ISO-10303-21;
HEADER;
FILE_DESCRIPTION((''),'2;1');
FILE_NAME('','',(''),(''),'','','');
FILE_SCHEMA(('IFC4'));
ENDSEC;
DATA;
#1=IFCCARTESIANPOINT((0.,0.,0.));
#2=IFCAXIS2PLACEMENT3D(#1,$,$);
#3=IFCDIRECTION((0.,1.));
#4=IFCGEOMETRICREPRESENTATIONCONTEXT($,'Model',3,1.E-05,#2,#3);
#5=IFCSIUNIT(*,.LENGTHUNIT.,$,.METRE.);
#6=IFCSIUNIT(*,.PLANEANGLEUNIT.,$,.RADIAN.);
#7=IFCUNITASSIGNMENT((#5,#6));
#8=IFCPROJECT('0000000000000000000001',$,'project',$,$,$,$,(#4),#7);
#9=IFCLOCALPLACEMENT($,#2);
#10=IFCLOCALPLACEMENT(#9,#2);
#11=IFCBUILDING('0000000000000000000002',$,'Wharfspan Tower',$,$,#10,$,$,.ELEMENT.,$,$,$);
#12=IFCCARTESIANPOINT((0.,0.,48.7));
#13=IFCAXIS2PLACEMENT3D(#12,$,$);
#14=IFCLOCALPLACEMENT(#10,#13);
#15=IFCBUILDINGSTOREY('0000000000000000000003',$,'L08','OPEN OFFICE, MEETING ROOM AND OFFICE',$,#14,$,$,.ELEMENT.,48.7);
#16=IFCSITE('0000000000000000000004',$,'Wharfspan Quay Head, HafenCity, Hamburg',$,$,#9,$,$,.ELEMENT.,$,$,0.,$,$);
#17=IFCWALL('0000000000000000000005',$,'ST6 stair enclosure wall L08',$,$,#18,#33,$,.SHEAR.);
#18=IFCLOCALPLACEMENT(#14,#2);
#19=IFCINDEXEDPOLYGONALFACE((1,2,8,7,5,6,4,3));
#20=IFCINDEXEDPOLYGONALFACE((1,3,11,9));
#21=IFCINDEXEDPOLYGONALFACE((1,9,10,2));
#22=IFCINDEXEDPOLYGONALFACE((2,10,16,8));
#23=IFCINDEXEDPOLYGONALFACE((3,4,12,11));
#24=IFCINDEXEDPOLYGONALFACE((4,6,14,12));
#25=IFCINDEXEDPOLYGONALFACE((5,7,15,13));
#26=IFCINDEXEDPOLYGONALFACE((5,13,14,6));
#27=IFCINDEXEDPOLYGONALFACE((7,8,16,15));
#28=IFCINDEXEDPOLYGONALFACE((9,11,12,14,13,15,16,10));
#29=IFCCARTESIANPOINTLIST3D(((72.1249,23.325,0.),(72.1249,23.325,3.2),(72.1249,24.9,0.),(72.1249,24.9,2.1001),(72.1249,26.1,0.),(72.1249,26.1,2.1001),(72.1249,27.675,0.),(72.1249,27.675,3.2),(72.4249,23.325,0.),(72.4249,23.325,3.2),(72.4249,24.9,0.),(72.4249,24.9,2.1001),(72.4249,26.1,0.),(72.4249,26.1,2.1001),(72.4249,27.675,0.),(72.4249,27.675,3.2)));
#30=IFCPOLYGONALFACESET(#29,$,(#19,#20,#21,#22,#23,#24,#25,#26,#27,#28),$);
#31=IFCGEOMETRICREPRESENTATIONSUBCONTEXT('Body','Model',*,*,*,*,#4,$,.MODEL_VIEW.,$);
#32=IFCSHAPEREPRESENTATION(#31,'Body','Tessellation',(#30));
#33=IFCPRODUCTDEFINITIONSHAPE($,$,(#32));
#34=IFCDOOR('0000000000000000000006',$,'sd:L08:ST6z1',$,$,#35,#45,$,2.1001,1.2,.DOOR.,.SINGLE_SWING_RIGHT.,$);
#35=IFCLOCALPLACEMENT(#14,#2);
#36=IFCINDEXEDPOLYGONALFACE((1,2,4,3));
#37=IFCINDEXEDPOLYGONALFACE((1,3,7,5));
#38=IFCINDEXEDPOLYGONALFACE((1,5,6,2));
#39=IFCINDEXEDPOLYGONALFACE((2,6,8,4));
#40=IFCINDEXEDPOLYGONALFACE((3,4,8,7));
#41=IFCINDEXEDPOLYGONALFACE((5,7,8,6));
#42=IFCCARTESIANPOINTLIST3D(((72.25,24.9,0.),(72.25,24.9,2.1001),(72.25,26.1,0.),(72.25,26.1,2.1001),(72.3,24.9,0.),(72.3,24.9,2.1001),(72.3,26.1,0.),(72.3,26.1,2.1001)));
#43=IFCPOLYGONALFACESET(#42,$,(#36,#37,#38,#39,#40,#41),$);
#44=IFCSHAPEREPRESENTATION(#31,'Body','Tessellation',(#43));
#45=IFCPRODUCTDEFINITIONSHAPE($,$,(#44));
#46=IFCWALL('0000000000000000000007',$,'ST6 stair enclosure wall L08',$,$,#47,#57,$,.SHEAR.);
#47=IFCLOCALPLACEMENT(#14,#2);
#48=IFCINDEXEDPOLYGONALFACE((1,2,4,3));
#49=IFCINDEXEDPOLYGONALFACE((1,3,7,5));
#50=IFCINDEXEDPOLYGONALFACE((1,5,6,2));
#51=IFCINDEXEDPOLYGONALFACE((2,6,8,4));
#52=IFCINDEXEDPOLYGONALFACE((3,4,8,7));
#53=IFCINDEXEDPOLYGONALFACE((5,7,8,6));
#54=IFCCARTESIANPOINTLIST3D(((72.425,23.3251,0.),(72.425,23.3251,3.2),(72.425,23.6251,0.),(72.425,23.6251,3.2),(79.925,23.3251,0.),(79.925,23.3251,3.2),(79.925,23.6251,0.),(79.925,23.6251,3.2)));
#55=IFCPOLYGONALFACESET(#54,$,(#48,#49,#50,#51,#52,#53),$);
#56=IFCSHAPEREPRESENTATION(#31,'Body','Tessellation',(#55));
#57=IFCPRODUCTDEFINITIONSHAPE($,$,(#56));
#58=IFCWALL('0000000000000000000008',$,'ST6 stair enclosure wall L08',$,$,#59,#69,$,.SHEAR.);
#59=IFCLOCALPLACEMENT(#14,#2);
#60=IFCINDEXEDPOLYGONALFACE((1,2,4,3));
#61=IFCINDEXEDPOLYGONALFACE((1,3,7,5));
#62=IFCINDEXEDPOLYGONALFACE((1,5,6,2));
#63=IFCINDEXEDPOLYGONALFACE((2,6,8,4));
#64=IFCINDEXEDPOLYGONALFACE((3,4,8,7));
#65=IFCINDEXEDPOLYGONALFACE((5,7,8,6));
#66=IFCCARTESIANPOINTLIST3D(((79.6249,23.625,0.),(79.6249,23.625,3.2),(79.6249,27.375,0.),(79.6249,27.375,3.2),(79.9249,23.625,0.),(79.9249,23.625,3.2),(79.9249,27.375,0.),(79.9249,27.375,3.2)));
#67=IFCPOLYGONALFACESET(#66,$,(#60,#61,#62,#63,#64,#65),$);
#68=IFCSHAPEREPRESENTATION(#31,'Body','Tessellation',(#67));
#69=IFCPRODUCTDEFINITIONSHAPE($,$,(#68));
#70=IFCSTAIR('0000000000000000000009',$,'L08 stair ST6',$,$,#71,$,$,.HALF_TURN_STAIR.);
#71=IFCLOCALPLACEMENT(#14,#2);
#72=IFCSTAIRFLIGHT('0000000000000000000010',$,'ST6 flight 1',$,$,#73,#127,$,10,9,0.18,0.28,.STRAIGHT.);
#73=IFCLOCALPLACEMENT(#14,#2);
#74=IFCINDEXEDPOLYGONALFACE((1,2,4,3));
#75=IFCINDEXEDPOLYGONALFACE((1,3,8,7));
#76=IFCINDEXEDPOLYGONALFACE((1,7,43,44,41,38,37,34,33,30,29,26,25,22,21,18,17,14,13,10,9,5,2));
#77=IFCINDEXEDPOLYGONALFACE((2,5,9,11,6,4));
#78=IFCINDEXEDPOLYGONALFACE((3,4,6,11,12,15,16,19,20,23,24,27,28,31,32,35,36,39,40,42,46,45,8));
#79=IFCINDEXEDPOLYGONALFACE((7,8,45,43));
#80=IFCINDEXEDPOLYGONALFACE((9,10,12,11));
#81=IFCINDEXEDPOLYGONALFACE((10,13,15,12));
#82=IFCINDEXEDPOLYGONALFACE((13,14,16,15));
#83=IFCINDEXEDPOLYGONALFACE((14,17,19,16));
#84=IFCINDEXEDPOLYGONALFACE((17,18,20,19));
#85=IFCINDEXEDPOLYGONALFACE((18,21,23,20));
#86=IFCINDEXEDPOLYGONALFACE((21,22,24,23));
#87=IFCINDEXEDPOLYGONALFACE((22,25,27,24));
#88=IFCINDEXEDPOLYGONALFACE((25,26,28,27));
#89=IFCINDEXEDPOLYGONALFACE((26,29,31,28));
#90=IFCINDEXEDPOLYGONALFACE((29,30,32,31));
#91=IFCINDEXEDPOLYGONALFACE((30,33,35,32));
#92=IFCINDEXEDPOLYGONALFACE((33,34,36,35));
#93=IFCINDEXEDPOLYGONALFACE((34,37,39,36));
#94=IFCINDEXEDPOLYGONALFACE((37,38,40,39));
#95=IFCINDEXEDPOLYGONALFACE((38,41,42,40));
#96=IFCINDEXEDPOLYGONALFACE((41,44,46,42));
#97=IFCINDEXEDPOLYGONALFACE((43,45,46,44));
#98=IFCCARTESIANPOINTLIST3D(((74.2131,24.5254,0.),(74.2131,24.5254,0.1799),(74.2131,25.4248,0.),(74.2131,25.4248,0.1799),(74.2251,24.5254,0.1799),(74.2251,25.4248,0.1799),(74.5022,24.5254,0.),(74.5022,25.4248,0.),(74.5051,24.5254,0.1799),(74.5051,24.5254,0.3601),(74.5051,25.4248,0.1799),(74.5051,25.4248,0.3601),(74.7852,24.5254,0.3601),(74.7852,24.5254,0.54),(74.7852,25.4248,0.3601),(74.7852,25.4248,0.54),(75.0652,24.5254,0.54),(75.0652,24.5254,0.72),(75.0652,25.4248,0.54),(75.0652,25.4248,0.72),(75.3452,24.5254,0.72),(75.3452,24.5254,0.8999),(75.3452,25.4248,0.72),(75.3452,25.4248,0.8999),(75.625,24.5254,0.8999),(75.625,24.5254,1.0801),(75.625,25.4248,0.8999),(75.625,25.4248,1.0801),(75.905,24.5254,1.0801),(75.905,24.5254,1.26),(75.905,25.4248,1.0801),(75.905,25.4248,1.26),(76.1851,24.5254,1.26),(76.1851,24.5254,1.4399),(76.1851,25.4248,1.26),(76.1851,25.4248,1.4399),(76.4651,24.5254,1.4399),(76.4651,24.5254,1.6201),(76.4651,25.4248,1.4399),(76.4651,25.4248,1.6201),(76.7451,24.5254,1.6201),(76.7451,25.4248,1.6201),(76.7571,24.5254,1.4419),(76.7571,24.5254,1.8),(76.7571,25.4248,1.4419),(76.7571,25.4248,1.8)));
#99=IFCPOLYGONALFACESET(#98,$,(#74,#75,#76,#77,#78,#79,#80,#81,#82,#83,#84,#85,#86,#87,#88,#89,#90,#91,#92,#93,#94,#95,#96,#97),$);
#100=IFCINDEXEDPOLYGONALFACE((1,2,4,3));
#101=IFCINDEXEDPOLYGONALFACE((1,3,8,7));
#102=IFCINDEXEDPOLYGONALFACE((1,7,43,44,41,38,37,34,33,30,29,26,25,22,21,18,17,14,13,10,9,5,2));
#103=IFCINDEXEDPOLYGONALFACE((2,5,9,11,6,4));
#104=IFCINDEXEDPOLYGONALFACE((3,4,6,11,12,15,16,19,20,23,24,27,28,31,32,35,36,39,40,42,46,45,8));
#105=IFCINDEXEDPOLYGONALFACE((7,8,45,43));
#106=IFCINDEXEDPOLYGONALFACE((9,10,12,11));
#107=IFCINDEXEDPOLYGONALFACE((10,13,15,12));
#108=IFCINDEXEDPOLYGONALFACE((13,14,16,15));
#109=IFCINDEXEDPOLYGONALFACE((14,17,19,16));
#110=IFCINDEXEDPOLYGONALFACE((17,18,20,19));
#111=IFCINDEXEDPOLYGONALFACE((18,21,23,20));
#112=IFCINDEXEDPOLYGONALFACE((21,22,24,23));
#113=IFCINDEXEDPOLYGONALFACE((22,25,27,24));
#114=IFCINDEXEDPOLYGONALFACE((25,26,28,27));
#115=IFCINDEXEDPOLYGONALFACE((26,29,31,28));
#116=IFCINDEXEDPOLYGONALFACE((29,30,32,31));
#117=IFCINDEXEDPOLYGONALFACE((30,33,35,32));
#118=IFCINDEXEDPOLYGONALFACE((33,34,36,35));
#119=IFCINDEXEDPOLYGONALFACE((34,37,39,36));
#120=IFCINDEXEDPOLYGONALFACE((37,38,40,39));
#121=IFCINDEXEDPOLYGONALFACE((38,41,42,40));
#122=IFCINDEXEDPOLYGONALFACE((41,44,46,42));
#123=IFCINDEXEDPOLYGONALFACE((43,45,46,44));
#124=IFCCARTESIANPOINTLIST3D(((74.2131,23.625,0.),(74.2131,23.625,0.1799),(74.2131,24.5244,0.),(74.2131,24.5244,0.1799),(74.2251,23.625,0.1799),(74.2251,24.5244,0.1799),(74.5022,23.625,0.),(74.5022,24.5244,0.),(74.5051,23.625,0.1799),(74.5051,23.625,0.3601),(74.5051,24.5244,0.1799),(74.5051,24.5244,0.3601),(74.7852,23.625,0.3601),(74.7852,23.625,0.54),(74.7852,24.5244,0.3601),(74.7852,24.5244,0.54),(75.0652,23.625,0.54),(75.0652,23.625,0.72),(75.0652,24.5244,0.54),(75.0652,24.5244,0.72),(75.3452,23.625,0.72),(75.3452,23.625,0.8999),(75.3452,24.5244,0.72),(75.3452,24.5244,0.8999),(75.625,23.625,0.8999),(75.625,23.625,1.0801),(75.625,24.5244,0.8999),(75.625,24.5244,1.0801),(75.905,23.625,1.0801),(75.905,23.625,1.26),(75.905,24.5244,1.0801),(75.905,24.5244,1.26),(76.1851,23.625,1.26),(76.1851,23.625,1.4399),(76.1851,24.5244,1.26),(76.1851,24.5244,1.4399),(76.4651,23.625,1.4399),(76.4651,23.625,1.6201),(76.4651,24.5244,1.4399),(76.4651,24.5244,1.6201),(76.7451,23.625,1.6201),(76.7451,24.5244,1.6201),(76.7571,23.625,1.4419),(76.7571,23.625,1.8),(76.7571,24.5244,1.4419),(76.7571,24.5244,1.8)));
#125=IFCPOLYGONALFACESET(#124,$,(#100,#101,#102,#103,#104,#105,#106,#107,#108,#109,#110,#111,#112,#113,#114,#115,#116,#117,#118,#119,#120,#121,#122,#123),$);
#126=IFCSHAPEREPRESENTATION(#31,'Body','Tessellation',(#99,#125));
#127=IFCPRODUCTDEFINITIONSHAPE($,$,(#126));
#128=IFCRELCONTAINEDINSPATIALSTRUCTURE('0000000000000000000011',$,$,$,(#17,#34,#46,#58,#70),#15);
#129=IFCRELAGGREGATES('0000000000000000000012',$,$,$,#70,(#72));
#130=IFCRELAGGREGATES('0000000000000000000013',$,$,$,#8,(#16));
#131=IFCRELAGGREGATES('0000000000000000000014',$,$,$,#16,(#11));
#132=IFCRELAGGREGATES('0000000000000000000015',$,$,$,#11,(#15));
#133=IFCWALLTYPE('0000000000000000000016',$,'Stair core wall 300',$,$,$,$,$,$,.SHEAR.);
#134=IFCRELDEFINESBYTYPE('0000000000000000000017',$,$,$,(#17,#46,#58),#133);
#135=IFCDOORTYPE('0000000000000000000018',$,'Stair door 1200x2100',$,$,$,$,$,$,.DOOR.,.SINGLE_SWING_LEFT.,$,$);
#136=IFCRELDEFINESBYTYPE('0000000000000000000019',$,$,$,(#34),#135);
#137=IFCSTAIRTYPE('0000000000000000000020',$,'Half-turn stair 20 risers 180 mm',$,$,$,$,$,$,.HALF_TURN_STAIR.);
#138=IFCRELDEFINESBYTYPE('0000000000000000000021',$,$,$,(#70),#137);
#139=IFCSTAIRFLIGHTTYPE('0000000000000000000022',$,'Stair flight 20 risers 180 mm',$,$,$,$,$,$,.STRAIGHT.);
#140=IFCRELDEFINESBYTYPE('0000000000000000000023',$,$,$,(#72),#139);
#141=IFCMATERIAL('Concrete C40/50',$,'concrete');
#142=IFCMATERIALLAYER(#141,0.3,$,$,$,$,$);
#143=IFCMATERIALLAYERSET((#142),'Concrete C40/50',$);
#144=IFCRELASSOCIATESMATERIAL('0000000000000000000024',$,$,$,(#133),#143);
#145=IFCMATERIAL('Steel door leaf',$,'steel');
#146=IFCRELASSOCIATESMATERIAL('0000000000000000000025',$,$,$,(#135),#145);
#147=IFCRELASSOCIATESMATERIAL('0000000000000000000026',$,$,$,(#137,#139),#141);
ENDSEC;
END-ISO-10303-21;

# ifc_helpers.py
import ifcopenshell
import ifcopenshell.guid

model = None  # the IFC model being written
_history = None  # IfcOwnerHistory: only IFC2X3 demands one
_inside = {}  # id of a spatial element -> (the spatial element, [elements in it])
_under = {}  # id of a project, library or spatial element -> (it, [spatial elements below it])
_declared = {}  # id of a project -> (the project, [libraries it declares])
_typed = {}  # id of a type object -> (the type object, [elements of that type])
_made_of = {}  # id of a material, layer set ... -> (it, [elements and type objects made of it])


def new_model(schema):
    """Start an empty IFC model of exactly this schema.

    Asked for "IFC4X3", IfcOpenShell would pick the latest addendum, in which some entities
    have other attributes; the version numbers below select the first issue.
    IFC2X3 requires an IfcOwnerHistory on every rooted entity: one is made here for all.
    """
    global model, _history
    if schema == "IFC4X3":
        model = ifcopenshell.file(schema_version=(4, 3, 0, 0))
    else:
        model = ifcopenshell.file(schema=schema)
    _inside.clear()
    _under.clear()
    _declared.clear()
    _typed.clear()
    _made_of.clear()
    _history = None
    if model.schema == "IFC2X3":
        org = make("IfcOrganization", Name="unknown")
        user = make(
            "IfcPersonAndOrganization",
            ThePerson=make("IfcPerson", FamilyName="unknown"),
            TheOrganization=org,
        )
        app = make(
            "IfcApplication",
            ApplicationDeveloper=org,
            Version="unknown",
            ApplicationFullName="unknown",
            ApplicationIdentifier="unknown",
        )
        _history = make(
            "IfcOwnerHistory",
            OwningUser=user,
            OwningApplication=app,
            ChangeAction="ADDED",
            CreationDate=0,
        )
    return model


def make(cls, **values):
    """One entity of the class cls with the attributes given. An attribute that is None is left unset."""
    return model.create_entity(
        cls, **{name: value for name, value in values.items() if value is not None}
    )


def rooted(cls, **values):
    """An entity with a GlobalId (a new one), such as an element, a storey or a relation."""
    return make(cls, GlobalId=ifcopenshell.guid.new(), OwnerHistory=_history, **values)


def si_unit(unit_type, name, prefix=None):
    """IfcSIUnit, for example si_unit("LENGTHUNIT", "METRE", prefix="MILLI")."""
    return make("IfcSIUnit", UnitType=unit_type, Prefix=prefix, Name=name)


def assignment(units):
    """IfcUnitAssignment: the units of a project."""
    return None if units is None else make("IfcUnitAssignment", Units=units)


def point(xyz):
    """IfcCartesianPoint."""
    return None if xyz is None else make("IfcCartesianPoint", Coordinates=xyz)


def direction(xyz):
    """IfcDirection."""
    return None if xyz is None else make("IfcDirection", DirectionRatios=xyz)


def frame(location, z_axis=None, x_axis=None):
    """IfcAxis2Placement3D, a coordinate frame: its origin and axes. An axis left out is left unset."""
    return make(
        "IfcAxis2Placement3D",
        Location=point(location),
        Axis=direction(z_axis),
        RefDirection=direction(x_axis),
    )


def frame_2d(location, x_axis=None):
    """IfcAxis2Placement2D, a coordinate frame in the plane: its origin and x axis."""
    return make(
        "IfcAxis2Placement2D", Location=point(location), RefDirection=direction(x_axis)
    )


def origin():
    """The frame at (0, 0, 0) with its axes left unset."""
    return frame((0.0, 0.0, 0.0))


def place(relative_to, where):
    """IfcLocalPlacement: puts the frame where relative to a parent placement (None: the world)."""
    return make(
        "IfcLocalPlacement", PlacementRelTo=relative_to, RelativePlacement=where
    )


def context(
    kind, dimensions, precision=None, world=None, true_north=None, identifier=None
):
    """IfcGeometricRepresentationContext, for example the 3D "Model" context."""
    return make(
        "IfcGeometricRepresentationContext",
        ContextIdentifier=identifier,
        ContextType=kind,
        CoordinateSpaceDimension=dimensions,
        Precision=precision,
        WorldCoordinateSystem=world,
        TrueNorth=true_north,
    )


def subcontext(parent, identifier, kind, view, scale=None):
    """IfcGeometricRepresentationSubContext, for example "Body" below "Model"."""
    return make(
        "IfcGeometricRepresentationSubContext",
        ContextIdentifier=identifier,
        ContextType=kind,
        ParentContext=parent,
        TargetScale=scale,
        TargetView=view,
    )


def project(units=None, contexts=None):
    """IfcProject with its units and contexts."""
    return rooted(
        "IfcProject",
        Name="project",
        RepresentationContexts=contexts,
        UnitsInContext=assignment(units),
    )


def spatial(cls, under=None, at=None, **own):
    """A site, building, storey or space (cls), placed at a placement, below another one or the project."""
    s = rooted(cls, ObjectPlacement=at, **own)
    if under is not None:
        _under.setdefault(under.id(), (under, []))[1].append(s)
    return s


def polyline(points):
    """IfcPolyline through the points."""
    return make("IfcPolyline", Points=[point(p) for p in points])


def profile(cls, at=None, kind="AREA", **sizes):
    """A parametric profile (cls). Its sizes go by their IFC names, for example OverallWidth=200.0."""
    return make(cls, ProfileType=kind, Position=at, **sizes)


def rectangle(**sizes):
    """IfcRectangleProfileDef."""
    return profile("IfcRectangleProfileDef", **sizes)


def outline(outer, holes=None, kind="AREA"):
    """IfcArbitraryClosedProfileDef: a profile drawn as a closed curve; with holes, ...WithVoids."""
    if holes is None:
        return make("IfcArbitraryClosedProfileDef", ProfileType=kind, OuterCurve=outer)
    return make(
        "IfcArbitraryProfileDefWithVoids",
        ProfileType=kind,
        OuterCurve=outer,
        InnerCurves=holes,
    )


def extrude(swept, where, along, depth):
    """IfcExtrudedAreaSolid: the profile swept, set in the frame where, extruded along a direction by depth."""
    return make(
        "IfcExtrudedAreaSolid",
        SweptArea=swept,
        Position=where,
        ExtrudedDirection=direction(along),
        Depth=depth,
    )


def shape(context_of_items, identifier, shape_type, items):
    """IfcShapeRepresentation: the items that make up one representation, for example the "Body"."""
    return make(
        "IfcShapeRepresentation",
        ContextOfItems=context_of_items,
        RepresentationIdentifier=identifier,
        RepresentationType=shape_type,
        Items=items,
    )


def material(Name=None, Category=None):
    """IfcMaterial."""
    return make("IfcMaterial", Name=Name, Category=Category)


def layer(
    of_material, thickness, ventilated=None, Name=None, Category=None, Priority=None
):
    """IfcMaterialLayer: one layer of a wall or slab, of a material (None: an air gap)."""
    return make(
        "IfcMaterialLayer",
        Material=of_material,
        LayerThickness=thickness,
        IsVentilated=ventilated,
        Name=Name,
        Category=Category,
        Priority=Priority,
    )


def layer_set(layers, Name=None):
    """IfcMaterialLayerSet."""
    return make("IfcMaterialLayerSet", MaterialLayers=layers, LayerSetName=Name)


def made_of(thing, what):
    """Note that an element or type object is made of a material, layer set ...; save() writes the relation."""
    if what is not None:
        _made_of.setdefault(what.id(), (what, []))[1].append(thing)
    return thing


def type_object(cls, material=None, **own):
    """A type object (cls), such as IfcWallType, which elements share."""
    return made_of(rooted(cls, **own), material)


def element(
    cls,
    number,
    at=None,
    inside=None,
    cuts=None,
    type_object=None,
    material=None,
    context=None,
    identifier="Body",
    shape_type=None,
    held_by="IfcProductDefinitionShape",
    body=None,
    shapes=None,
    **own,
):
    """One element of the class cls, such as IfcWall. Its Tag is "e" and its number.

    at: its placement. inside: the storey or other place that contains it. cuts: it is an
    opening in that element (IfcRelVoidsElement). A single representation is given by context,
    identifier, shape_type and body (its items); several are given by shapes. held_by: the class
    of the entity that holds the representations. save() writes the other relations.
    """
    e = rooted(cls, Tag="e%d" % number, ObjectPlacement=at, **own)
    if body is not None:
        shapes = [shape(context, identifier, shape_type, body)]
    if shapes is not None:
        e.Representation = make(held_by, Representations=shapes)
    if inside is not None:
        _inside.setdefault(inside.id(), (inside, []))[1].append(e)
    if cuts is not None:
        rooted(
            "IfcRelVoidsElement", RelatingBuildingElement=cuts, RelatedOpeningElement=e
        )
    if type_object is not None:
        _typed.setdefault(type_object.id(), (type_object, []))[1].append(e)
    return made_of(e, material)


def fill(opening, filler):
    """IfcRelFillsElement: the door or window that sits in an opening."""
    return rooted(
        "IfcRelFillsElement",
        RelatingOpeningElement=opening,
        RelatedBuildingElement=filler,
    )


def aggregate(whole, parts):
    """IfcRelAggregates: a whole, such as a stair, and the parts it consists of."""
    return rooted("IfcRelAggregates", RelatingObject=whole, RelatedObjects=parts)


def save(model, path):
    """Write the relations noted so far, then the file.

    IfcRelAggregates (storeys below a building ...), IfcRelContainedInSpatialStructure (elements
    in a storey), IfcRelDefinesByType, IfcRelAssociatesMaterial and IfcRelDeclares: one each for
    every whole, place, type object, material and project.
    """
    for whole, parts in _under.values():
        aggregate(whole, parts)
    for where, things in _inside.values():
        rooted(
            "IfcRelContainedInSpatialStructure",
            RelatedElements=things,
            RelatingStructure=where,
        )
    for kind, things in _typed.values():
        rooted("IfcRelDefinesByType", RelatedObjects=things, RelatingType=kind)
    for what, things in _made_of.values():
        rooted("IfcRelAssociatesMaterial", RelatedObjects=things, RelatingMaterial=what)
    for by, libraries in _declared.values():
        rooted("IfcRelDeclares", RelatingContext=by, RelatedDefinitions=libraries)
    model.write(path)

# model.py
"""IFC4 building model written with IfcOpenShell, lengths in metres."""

from ifc_helpers import new_model, si_unit, direction, frame, frame_2d, origin, place, context, subcontext, project, spatial, polyline, rectangle, outline, extrude, material, layer, layer_set, type_object, element, fill, aggregate, save


model = new_model("IFC4")

# Units and contexts
model_context = context("Model", 3, precision=1e-05, world=origin(), true_north=direction((0.0, 1.0)))
body_context = subcontext(model_context, "Body", "Model", "MODEL_VIEW")
ifc_project = project(units=[si_unit("LENGTHUNIT", "METRE"), si_unit("PLANEANGLEUNIT", "RADIAN")], contexts=[model_context])

# Site, building, storey
site_placement = place(None, origin())
site = spatial("IfcSite", under=ifc_project, at=site_placement, Name="Wharfspan Quay Head, HafenCity, Hamburg", CompositionType="ELEMENT", RefElevation=0.0)
building_placement = place(site_placement, origin())
building = spatial("IfcBuilding", under=site, at=building_placement, Name="Wharfspan Tower", CompositionType="ELEMENT")
storey_placement = place(building_placement, frame((0.0, 0.0, 48.7)))
storey = spatial("IfcBuildingStorey", under=building, at=storey_placement, Name="L08", Description="OPEN OFFICE, MEETING ROOM AND OFFICE", CompositionType="ELEMENT", Elevation=48.7)

# Wall, opening, door
ifc_material_1 = material(Name="Concrete C40/50", Category="concrete")
ifc_layer_1 = layer(ifc_material_1, 0.3)
ifc_layer_set_1 = layer_set([ifc_layer_1], Name="Concrete C40/50")
wall_type_1 = type_object("IfcWallType", Name="Stair core wall 300", PredefinedType="SHEAR", material=ifc_layer_set_1)
wall_1_placement = place(storey_placement, frame((72.2749, 23.325, 0.0), z_axis=(0.0, 0.0, 1.0), x_axis=(0.0, 1.0, 0.0)))
wall_1 = element("IfcWall", 1, at=wall_1_placement, inside=storey, type_object=wall_type_1, Name="ST6 stair enclosure wall L08", PredefinedType="SHEAR", context=body_context, shape_type="SweptSolid", body=[
    extrude(rectangle(XDim=4.3501, YDim=0.3, at=frame_2d((2.175, 0.0))), origin(), (0.0, 0.0, 1.0), 3.2),
])
opening_placement = place(wall_1_placement, frame((1.575, 0.0, 0.0)))
opening = element("IfcOpeningElement", 2, at=opening_placement, cuts=wall_1, PredefinedType="OPENING", context=body_context, shape_type="SweptSolid", body=[
    extrude(rectangle(XDim=1.2, YDim=2.1001, at=frame_2d((0.6001, 1.05))), frame((0.0, 0.1599, 0.0), z_axis=(0.0, -1.0, 0.0), x_axis=(1.0, 0.0, 0.0)), (0.0, 0.0, 1.0), 0.3201),
])
ifc_material_2 = material(Name="Steel door leaf", Category="steel")
door_type = type_object("IfcDoorType", Name="Stair door 1200x2100", OperationType="SINGLE_SWING_LEFT", PredefinedType="DOOR", material=ifc_material_2)
door_placement = place(opening_placement, origin())
door = element("IfcDoor", 3, at=door_placement, inside=storey, type_object=door_type, Name="sd:L08:ST6z1", OperationType="SINGLE_SWING_RIGHT", OverallHeight=2.1001, OverallWidth=1.2, PredefinedType="DOOR", context=body_context, shape_type="SweptSolid", body=[
    extrude(rectangle(XDim=1.2, YDim=2.1001, at=frame_2d((0.6001, 1.05))), frame((0.0, 0.0249, 0.0), z_axis=(0.0, -1.0, 0.0), x_axis=(1.0, 0.0, 0.0)), (0.0, 0.0, 1.0), 0.05),
])
fill(opening, door)

# Walls
wall_2_placement = place(storey_placement, frame((72.425, 23.4751, 0.0), z_axis=(0.0, 0.0, 1.0), x_axis=(1.0, 0.0, 0.0)))
element("IfcWall", 4, at=wall_2_placement, inside=storey, type_object=wall_type_1, Name="ST6 stair enclosure wall L08", PredefinedType="SHEAR", context=body_context, shape_type="SweptSolid", body=[
    extrude(rectangle(XDim=7.5, YDim=0.3, at=frame_2d((3.75, 0.0))), origin(), (0.0, 0.0, 1.0), 3.2),
])
wall_3_placement = place(storey_placement, frame((79.7749, 23.625, 0.0), z_axis=(0.0, 0.0, 1.0), x_axis=(0.0, 1.0, 0.0)))
element("IfcWall", 5, at=wall_3_placement, inside=storey, type_object=wall_type_1, Name="ST6 stair enclosure wall L08", PredefinedType="SHEAR", context=body_context, shape_type="SweptSolid", body=[
    extrude(rectangle(XDim=3.75, YDim=0.3, at=frame_2d((1.875, 0.0))), origin(), (0.0, 0.0, 1.0), 3.2),
])

# Stair, stair flight
stair_type = type_object("IfcStairType", Name="Half-turn stair 20 risers 180 mm", PredefinedType="HALF_TURN_STAIR", material=ifc_material_1)
stair_placement = place(storey_placement, origin())
stair = element("IfcStair", 6, at=stair_placement, inside=storey, type_object=stair_type, Name="L08 stair ST6", PredefinedType="HALF_TURN_STAIR")
stair_flight_type = type_object("IfcStairFlightType", Name="Stair flight 20 risers 180 mm", PredefinedType="STRAIGHT", material=ifc_material_1)
stair_flight_placement = place(storey_placement, frame((74.2251, 24.5249, 0.0), z_axis=(0.0, 0.0, 1.0), x_axis=(1.0, 0.0, 0.0)))
stair_flight = element("IfcStairFlight", 7, at=stair_flight_placement, type_object=stair_flight_type, Name="ST6 flight 1", NumberOfRisers=10, NumberOfTreads=9, PredefinedType="STRAIGHT", RiserHeight=0.18, TreadLength=0.28, context=body_context, shape_type="SweptSolid", body=[
    extrude(outline(polyline([(-0.012, 0.0), (-0.012, 0.1799), (0.0, 0.1799), (0.28, 0.1799), (0.28, 0.3601), (0.5601, 0.3601), (0.5601, 0.54), (0.8401, 0.54), (0.8401, 0.72), (1.1201, 0.72), (1.1201, 0.8999), (1.3999, 0.8999), (1.3999, 1.0801), (1.6799, 1.0801), (1.6799, 1.26), (1.96, 1.26), (1.96, 1.4399), (2.24, 1.4399), (2.24, 1.6201), (2.52, 1.6201), (2.532, 1.8), (2.532, 1.4419), (0.2771, 0.0), (-0.012, 0.0)])), frame((0.0, 0.8999, 0.0), z_axis=(0.0, -1.0, 0.0), x_axis=(1.0, 0.0, 0.0)), (0.0, 0.0, 1.0), 0.8994),
    extrude(outline(polyline([(-0.012, 0.0), (-0.012, 0.1799), (0.0, 0.1799), (0.28, 0.1799), (0.28, 0.3601), (0.5601, 0.3601), (0.5601, 0.54), (0.8401, 0.54), (0.8401, 0.72), (1.1201, 0.72), (1.1201, 0.8999), (1.3999, 0.8999), (1.3999, 1.0801), (1.6799, 1.0801), (1.6799, 1.26), (1.96, 1.26), (1.96, 1.4399), (2.24, 1.4399), (2.24, 1.6201), (2.52, 1.6201), (2.532, 1.8), (2.532, 1.4419), (0.2771, 0.0), (-0.012, 0.0)])), frame((0.0, -0.0005, 0.0), z_axis=(0.0, -1.0, 0.0), x_axis=(1.0, 0.0, 0.0)), (0.0, 0.0, 1.0), 0.8994),
])
aggregate(stair, [stair_flight])

save(model, "model.ifc")
